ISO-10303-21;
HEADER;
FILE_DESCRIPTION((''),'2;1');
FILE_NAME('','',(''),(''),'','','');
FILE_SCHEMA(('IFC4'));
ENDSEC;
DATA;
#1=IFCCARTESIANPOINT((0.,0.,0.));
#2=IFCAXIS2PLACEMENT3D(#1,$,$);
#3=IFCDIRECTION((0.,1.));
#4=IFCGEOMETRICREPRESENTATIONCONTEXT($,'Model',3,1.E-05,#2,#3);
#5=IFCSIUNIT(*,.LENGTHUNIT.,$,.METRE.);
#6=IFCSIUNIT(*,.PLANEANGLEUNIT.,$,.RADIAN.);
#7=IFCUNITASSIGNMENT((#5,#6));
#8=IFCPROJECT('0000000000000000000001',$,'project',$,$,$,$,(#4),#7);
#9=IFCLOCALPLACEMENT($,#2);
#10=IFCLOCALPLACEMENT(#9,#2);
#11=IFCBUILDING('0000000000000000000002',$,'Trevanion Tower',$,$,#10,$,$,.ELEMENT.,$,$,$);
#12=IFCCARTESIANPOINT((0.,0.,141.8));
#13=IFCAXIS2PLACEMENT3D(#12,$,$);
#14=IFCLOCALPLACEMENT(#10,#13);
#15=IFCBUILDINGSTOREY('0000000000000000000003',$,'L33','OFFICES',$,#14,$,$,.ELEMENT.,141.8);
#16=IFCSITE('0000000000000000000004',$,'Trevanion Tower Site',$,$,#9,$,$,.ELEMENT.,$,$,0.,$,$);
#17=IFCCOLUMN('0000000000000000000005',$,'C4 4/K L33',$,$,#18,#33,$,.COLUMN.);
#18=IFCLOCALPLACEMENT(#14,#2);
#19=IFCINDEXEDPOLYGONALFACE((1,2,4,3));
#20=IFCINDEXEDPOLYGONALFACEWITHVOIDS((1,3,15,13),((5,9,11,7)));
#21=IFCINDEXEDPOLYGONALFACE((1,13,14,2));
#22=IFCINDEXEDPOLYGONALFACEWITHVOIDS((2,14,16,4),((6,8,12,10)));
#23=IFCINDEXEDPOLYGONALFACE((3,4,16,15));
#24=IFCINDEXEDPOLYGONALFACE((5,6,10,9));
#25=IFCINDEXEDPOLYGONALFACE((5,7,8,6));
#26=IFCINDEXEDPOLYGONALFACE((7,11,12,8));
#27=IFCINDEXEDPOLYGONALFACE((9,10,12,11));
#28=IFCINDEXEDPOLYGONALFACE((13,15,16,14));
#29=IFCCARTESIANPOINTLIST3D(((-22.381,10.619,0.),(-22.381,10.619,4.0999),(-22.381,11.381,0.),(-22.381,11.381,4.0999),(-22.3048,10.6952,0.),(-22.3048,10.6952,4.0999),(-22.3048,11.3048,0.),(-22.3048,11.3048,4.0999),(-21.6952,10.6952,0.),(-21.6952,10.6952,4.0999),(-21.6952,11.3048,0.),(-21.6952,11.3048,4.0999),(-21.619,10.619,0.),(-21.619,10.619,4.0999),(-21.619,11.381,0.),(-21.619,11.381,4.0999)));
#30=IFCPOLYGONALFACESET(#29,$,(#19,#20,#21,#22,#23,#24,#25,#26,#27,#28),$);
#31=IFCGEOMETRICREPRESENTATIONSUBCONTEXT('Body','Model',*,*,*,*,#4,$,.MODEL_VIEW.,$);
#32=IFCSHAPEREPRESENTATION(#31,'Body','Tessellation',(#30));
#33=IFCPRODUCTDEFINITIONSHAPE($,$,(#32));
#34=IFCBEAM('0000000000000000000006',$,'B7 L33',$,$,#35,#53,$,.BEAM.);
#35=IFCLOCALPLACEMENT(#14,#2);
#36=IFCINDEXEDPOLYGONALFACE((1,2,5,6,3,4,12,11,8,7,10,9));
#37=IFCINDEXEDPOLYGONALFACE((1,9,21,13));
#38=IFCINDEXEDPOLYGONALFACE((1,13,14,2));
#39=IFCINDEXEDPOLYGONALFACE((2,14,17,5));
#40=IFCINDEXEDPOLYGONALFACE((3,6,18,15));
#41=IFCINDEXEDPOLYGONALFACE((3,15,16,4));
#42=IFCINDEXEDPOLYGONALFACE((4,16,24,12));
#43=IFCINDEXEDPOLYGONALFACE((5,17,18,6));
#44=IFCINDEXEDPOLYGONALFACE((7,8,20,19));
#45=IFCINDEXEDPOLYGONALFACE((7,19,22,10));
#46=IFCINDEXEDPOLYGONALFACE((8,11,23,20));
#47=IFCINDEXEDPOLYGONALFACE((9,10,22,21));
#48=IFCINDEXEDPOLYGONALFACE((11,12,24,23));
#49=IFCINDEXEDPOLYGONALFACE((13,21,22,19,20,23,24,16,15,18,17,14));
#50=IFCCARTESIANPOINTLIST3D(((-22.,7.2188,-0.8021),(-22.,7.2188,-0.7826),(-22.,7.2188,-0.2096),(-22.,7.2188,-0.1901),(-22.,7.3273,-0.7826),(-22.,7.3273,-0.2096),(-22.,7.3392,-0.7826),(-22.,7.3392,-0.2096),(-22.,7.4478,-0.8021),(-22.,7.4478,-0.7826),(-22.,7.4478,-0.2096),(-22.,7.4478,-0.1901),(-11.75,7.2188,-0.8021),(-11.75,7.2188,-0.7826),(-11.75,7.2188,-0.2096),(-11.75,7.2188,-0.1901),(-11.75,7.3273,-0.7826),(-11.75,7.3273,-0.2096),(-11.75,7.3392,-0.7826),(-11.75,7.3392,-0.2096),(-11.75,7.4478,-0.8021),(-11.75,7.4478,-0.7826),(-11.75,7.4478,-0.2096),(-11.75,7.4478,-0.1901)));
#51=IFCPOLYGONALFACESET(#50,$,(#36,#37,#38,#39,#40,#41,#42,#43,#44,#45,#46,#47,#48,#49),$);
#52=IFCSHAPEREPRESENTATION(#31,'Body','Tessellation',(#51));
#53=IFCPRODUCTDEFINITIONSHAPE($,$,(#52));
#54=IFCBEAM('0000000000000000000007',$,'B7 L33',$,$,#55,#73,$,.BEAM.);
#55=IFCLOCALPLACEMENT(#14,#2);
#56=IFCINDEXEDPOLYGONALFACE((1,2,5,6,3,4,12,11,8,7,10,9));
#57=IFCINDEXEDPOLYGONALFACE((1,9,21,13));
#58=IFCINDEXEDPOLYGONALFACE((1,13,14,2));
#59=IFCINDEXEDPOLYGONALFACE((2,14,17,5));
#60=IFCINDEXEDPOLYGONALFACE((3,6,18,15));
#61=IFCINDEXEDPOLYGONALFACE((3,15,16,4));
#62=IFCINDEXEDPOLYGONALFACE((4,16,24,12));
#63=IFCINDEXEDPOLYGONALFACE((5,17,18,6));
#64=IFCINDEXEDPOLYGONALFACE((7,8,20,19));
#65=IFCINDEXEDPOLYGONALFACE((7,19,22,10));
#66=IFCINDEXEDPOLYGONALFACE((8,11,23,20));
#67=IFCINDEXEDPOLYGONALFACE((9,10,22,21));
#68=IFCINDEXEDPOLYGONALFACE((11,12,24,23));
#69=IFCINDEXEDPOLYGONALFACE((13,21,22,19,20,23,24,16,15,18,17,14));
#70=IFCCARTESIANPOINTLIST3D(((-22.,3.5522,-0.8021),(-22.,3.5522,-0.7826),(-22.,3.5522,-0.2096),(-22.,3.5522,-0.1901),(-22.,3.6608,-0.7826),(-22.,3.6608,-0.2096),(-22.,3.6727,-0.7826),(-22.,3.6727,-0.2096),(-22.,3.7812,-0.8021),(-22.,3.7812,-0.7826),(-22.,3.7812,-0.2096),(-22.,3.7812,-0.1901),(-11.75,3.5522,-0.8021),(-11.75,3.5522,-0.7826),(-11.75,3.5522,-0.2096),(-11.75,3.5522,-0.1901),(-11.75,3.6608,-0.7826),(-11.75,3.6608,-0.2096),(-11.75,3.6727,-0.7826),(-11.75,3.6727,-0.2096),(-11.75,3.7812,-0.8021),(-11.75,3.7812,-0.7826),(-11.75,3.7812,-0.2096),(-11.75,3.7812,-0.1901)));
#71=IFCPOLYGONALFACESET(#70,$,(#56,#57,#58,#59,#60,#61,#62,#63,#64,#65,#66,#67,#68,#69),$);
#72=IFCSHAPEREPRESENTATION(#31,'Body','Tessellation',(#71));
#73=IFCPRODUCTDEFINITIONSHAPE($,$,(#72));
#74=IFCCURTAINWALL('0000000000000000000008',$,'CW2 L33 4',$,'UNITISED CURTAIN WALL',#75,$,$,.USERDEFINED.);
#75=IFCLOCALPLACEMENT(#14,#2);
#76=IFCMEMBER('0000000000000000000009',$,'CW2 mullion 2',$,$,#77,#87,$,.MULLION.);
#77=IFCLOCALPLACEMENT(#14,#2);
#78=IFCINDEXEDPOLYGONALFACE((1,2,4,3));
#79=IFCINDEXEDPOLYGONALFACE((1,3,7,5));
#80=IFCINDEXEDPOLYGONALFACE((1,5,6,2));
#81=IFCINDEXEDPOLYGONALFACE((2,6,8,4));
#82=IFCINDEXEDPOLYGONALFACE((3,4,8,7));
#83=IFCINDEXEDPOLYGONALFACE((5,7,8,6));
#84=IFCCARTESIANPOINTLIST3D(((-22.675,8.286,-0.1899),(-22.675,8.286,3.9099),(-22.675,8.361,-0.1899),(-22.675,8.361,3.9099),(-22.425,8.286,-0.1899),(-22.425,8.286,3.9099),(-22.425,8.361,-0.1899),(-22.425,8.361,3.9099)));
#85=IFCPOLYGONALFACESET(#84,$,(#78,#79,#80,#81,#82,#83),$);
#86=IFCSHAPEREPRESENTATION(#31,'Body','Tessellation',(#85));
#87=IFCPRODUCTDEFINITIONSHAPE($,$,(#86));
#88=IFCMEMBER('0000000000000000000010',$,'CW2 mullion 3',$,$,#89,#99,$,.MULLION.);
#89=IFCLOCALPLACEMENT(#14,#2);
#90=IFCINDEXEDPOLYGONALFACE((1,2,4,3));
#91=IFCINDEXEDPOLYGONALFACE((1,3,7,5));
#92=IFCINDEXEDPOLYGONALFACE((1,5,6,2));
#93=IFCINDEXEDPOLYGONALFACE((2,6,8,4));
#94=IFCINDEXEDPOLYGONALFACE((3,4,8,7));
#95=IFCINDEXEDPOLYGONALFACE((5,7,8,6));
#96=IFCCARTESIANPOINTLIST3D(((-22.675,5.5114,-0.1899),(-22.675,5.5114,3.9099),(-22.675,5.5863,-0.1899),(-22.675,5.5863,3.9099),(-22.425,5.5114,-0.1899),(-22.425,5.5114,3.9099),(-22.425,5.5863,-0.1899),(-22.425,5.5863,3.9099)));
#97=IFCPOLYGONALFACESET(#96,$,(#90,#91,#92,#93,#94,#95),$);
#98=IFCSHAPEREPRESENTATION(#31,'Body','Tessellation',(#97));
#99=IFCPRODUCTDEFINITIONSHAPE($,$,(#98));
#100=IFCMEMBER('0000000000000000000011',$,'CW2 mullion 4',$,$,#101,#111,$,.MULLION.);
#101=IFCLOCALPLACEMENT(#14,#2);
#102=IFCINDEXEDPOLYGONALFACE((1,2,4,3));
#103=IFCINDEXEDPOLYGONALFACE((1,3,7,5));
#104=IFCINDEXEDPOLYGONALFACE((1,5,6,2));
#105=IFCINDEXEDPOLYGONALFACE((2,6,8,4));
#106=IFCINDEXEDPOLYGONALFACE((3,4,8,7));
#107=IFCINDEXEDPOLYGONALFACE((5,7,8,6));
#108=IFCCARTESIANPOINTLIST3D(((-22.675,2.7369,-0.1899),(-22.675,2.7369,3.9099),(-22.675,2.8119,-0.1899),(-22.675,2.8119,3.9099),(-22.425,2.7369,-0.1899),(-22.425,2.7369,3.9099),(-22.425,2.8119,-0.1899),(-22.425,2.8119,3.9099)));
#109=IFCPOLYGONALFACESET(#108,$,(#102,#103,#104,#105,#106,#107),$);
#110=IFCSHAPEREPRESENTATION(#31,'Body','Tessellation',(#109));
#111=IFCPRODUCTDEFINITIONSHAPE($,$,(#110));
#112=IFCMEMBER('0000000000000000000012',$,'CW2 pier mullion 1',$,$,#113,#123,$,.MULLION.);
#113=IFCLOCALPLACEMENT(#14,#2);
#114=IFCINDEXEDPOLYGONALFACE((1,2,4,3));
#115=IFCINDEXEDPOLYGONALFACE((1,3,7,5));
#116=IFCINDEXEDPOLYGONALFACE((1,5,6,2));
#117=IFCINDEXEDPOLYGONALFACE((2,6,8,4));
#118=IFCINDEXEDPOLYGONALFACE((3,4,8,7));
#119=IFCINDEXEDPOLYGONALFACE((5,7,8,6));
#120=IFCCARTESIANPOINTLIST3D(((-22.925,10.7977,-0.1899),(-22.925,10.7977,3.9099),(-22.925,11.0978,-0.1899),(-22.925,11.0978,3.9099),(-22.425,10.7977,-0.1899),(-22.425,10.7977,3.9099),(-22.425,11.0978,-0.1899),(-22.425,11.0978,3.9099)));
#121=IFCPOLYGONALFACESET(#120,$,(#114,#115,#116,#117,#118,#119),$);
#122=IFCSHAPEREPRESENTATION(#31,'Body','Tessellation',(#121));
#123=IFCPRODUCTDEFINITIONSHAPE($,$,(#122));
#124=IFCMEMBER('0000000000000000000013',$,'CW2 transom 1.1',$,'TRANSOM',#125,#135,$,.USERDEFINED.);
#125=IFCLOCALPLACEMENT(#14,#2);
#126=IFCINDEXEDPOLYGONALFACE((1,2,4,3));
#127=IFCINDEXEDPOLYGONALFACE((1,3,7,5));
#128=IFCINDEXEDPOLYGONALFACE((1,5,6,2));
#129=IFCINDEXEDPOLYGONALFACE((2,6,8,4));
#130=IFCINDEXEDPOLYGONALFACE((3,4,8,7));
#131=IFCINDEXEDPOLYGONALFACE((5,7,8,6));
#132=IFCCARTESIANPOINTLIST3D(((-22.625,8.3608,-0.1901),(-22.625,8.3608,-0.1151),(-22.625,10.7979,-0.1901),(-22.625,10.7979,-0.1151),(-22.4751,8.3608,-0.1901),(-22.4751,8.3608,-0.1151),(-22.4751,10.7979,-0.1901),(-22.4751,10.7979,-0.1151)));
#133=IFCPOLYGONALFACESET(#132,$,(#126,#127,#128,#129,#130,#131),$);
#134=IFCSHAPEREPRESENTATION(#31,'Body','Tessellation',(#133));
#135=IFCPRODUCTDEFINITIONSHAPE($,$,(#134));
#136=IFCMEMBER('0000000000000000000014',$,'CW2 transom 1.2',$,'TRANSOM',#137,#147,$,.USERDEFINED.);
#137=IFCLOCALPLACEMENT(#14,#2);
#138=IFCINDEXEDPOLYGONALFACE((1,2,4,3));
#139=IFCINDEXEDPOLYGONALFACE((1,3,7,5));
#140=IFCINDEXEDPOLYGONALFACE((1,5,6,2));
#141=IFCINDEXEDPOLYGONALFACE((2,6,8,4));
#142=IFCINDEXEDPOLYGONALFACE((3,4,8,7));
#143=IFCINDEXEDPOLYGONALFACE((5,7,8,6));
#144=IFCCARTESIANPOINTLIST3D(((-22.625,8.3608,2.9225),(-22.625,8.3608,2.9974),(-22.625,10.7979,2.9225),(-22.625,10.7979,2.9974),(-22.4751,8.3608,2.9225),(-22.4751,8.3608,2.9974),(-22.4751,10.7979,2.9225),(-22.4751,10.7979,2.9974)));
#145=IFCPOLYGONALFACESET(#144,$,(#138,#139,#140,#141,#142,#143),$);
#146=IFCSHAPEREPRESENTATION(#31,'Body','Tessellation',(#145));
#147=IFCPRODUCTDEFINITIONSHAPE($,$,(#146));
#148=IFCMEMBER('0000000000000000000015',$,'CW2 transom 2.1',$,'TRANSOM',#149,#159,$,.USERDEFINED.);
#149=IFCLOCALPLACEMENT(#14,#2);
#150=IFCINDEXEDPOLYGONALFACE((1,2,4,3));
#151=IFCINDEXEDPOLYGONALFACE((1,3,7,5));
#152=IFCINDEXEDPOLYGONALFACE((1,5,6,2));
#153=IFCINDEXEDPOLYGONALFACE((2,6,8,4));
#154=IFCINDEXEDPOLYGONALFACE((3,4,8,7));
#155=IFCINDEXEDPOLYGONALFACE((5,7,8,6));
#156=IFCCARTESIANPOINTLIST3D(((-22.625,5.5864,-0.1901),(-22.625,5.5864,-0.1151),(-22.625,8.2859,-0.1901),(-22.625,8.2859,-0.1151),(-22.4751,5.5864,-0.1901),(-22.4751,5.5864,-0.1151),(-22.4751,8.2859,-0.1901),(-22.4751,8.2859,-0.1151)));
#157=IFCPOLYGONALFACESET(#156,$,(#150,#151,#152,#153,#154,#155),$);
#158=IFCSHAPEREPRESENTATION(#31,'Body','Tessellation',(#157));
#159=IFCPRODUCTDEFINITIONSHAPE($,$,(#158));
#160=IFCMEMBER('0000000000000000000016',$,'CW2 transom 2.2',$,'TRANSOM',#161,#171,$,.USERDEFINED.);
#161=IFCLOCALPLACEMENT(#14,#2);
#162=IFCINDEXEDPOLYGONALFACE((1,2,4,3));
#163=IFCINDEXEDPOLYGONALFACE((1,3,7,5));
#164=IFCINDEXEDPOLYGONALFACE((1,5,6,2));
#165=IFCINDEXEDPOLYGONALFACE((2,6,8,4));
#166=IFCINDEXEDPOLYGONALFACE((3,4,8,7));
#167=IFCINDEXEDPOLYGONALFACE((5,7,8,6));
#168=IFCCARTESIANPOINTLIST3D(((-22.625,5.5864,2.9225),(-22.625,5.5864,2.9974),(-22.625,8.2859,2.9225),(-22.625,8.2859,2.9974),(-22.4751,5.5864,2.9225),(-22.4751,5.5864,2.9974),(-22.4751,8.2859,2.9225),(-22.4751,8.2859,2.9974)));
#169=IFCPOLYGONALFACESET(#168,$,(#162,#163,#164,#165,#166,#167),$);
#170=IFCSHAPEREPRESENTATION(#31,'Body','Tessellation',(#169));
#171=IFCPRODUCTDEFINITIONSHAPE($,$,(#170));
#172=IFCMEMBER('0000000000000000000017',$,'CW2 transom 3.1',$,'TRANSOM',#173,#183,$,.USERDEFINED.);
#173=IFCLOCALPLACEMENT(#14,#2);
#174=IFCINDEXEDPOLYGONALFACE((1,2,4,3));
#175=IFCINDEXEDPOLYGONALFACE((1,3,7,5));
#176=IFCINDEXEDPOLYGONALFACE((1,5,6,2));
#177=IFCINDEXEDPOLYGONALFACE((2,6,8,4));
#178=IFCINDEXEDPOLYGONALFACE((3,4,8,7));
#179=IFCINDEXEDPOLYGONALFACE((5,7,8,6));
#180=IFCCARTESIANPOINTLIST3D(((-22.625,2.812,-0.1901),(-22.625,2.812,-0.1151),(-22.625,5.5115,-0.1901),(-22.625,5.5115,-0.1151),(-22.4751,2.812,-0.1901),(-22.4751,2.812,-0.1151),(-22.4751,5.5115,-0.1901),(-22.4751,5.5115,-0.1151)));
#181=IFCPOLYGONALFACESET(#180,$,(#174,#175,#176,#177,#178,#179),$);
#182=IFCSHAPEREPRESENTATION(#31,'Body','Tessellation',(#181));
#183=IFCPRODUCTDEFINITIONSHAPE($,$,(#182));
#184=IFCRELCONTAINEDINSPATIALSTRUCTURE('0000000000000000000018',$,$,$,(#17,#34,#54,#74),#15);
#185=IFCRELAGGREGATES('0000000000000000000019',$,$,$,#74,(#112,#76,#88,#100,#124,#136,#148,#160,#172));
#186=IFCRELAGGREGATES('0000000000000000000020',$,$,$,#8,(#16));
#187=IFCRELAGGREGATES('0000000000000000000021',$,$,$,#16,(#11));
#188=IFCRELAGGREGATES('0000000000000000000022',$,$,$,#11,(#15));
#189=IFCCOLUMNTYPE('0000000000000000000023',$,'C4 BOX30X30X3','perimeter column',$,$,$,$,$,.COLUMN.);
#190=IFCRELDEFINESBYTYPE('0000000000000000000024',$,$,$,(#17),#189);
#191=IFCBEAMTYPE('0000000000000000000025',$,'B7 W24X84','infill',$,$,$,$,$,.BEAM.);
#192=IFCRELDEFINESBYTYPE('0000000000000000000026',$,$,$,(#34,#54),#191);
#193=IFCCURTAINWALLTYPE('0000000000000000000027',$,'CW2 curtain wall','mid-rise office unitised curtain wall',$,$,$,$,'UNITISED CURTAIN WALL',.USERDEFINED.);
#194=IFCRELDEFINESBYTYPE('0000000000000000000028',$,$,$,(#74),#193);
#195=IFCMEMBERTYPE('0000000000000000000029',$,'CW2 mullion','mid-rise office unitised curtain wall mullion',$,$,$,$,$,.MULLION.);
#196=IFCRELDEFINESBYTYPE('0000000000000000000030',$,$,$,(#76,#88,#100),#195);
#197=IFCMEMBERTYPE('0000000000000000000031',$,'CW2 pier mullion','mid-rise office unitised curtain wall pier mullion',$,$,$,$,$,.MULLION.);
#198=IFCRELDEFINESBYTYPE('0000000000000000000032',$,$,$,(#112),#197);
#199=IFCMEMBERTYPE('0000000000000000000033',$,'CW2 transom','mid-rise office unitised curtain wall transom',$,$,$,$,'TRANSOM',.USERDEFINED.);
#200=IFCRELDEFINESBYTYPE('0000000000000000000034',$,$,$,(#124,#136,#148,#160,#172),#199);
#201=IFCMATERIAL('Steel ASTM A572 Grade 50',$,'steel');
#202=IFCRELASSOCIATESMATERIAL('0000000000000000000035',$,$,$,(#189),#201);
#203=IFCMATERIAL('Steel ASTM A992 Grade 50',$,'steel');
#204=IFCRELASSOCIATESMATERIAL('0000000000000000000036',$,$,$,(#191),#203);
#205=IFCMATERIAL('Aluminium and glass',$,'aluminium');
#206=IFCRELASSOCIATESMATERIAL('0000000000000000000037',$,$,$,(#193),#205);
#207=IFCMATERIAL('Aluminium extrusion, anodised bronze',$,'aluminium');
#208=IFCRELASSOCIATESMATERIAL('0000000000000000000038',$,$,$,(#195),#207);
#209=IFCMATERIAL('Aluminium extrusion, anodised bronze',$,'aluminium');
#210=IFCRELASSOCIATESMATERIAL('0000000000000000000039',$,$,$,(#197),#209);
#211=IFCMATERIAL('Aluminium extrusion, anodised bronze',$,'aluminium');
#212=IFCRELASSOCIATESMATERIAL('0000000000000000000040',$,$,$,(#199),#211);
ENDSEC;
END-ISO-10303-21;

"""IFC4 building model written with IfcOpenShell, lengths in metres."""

from ifc_helpers import new_model, si_unit, direction, frame, origin, origin_2d, place, context, subcontext, project, spatial, rectangle, hollow_rectangle, i_section, extrude, material, material_profile, profile_set, type_object, element, aggregate, save


model = new_model("IFC4")

# Units and contexts
model_context = context("Model", 3, precision=1e-05, world=origin(), true_north=direction((0.0, 1.0)))
body_context = subcontext(model_context, "Body", "Model", "MODEL_VIEW")
ifc_project = project(units=[si_unit("LENGTHUNIT", "METRE"), si_unit("PLANEANGLEUNIT", "RADIAN")], contexts=[model_context])

# Site, building, storey
site_placement = place(None, origin())
site = spatial("IfcSite", under=ifc_project, at=site_placement, Name="Trevanion Tower Site", CompositionType="ELEMENT", RefElevation=0.0)
building_placement = place(site_placement, origin())
building = spatial("IfcBuilding", under=site, at=building_placement, Name="Trevanion Tower", CompositionType="ELEMENT")
storey_placement = place(building_placement, frame((0.0, 0.0, 141.8)))
storey = spatial("IfcBuildingStorey", under=building, at=storey_placement, Name="L33", Description="OFFICES", CompositionType="ELEMENT", Elevation=141.8)

# Column
ifc_material_1 = material(Name="Steel ASTM A572 Grade 50", Category="steel")
ifc_material_profile_1 = material_profile(ifc_material_1, hollow_rectangle(XDim=0.762, YDim=0.762, WallThickness=0.0762, at=origin_2d()), Name="BOX30X30X3")
ifc_profile_set_1 = profile_set([ifc_material_profile_1], Name="Steel ASTM A572 Grade 50")
column_type = type_object("IfcColumnType", Name="C4 BOX30X30X3", Description="perimeter column", PredefinedType="COLUMN", material=ifc_profile_set_1)
column_placement = place(storey_placement, frame((-22.0, 11.0, 0.0), z_axis=(0.0, 0.0, 1.0), x_axis=(0.0, 1.0, 0.0)))
element("IfcColumn", 1, at=column_placement, inside=storey, type_object=column_type, Name="C4 4/K L33", PredefinedType="COLUMN", context=body_context, shape_type="SweptSolid", body=[
    extrude(hollow_rectangle(XDim=0.762, YDim=0.762, WallThickness=0.0762, at=origin_2d()), origin(), (0.0, 0.0, 1.0), 4.0999),
])

# Beams
ifc_material_2 = material(Name="Steel ASTM A992 Grade 50", Category="steel")
ifc_material_profile_2 = material_profile(ifc_material_2, i_section(OverallWidth=0.229, OverallDepth=0.6121, WebThickness=0.012, FlangeThickness=0.0195, at=origin_2d()), Name="W24X84")
ifc_profile_set_2 = profile_set([ifc_material_profile_2], Name="Steel ASTM A992 Grade 50")
beam_type = type_object("IfcBeamType", Name="B7 W24X84", Description="infill", PredefinedType="BEAM", material=ifc_profile_set_2)
for number, where, z_axis, x_axis, name in (
    (2, (-11.75, 7.3333, -0.4961), (-1.0, 0.0, 0.0), (0.0, -1.0, 0.0), "B7 L33"),
    (3, (-11.75, 3.6667, -0.4961), (-1.0, 0.0, 0.0), (0.0, -1.0, 0.0), "B7 L33"),
):
    element("IfcBeam", number, at=place(storey_placement, frame(where, z_axis=z_axis, x_axis=x_axis)), inside=storey, type_object=beam_type, Name=name, PredefinedType="BEAM", context=body_context, shape_type="SweptSolid", body=[
        extrude(i_section(OverallWidth=0.229, OverallDepth=0.6121, WebThickness=0.012, FlangeThickness=0.0195, at=origin_2d()), origin(), (0.0, 0.0, 1.0), 10.25),
    ])

# Curtain wall, members
ifc_material_3 = material(Name="Aluminium and glass", Category="aluminium")
curtain_wall_type = type_object("IfcCurtainWallType", Name="CW2 curtain wall", Description="mid-rise office unitised curtain wall", ElementType="UNITISED CURTAIN WALL", PredefinedType="USERDEFINED", material=ifc_material_3)
curtain_wall_placement = place(storey_placement, origin())
curtain_wall = element("IfcCurtainWall", 4, at=curtain_wall_placement, inside=storey, type_object=curtain_wall_type, Name="CW2 L33 4", ObjectType="UNITISED CURTAIN WALL", PredefinedType="USERDEFINED")
ifc_material_4 = material(Name="Aluminium extrusion, anodised bronze", Category="aluminium")
ifc_material_profile_3 = material_profile(ifc_material_4, rectangle(XDim=0.075, YDim=0.25, at=origin_2d()), Name="CW2 mullion")
ifc_profile_set_3 = profile_set([ifc_material_profile_3], Name="Aluminium extrusion, anodised bronze")
member_type_1 = type_object("IfcMemberType", Name="CW2 mullion", Description="mid-rise office unitised curtain wall mullion", PredefinedType="MULLION", material=ifc_profile_set_3)
member_1_placement = place(storey_placement, frame((-22.55, 8.3235, -0.1899), z_axis=(0.0, 0.0, 1.0), x_axis=(0.0, -1.0, 0.0)))
member_1 = element("IfcMember", 5, at=member_1_placement, type_object=member_type_1, Name="CW2 mullion 2", PredefinedType="MULLION", context=body_context, shape_type="SweptSolid", body=[
    extrude(rectangle(XDim=0.075, YDim=0.25, at=origin_2d()), origin(), (0.0, 0.0, 1.0), 4.0999),
])
member_2_placement = place(storey_placement, frame((-22.55, 5.5488, -0.1899), z_axis=(0.0, 0.0, 1.0), x_axis=(0.0, -1.0, 0.0)))
member_2 = element("IfcMember", 6, at=member_2_placement, type_object=member_type_1, Name="CW2 mullion 3", PredefinedType="MULLION", context=body_context, shape_type="SweptSolid", body=[
    extrude(rectangle(XDim=0.075, YDim=0.25, at=origin_2d()), origin(), (0.0, 0.0, 1.0), 4.0999),
])
member_3_placement = place(storey_placement, frame((-22.55, 2.7744, -0.1899), z_axis=(0.0, 0.0, 1.0), x_axis=(0.0, -1.0, 0.0)))
member_3 = element("IfcMember", 7, at=member_3_placement, type_object=member_type_1, Name="CW2 mullion 4", PredefinedType="MULLION", context=body_context, shape_type="SweptSolid", body=[
    extrude(rectangle(XDim=0.075, YDim=0.25, at=origin_2d()), origin(), (0.0, 0.0, 1.0), 4.0999),
])
ifc_material_5 = material(Name="Aluminium extrusion, anodised bronze", Category="aluminium")
ifc_material_profile_4 = material_profile(ifc_material_5, rectangle(XDim=0.3, YDim=0.5, at=origin_2d()), Name="CW2 pier mullion")
ifc_profile_set_4 = profile_set([ifc_material_profile_4], Name="Aluminium extrusion, anodised bronze")
member_type_2 = type_object("IfcMemberType", Name="CW2 pier mullion", Description="mid-rise office unitised curtain wall pier mullion", PredefinedType="MULLION", material=ifc_profile_set_4)
member_4_placement = place(storey_placement, frame((-22.675, 10.9478, -0.1899), z_axis=(0.0, 0.0, 1.0), x_axis=(0.0, -1.0, 0.0)))
member_4 = element("IfcMember", 8, at=member_4_placement, type_object=member_type_2, Name="CW2 pier mullion 1", PredefinedType="MULLION", context=body_context, shape_type="SweptSolid", body=[
    extrude(rectangle(XDim=0.3, YDim=0.5, at=origin_2d()), origin(), (0.0, 0.0, 1.0), 4.0999),
])
ifc_material_6 = material(Name="Aluminium extrusion, anodised bronze", Category="aluminium")
ifc_material_profile_5 = material_profile(ifc_material_6, rectangle(XDim=0.1499, YDim=0.075, at=origin_2d()), Name="CW2 transom")
ifc_profile_set_5 = profile_set([ifc_material_profile_5], Name="Aluminium extrusion, anodised bronze")
member_type_3 = type_object("IfcMemberType", Name="CW2 transom", Description="mid-rise office unitised curtain wall transom", ElementType="TRANSOM", PredefinedType="USERDEFINED", material=ifc_profile_set_5)
member_5_placement = place(storey_placement, frame((-22.55, 10.7979, -0.1526), z_axis=(0.0, -1.0, 0.0), x_axis=(1.0, 0.0, 0.0)))
member_5 = element("IfcMember", 9, at=member_5_placement, type_object=member_type_3, Name="CW2 transom 1.1", ObjectType="TRANSOM", PredefinedType="USERDEFINED", context=body_context, shape_type="SweptSolid", body=[
    extrude(rectangle(XDim=0.1499, YDim=0.075, at=origin_2d()), origin(), (0.0, 0.0, 1.0), 2.437),
])
member_6_placement = place(storey_placement, frame((-22.55, 10.7979, 2.96), z_axis=(0.0, -1.0, 0.0), x_axis=(1.0, 0.0, 0.0)))
member_6 = element("IfcMember", 10, at=member_6_placement, type_object=member_type_3, Name="CW2 transom 1.2", ObjectType="TRANSOM", PredefinedType="USERDEFINED", context=body_context, shape_type="SweptSolid", body=[
    extrude(rectangle(XDim=0.1499, YDim=0.075, at=origin_2d()), origin(), (0.0, 0.0, 1.0), 2.437),
])
member_7_placement = place(storey_placement, frame((-22.55, 8.2859, -0.1526), z_axis=(0.0, -1.0, 0.0), x_axis=(1.0, 0.0, 0.0)))
member_7 = element("IfcMember", 11, at=member_7_placement, type_object=member_type_3, Name="CW2 transom 2.1", ObjectType="TRANSOM", PredefinedType="USERDEFINED", context=body_context, shape_type="SweptSolid", body=[
    extrude(rectangle(XDim=0.1499, YDim=0.075, at=origin_2d()), origin(), (0.0, 0.0, 1.0), 2.6995),
])
member_8_placement = place(storey_placement, frame((-22.55, 8.2859, 2.96), z_axis=(0.0, -1.0, 0.0), x_axis=(1.0, 0.0, 0.0)))
member_8 = element("IfcMember", 12, at=member_8_placement, type_object=member_type_3, Name="CW2 transom 2.2", ObjectType="TRANSOM", PredefinedType="USERDEFINED", context=body_context, shape_type="SweptSolid", body=[
    extrude(rectangle(XDim=0.1499, YDim=0.075, at=origin_2d()), origin(), (0.0, 0.0, 1.0), 2.6995),
])
member_9_placement = place(storey_placement, frame((-22.55, 5.5115, -0.1526), z_axis=(0.0, -1.0, 0.0), x_axis=(1.0, 0.0, 0.0)))
member_9 = element("IfcMember", 13, at=member_9_placement, type_object=member_type_3, Name="CW2 transom 3.1", ObjectType="TRANSOM", PredefinedType="USERDEFINED", context=body_context, shape_type="SweptSolid", body=[
    extrude(rectangle(XDim=0.1499, YDim=0.075, at=origin_2d()), origin(), (0.0, 0.0, 1.0), 2.6995),
])
aggregate(curtain_wall, [member_4, member_1, member_2, member_3, member_5, member_6, member_7, member_8, member_9])

save(model, "model.ifc")
